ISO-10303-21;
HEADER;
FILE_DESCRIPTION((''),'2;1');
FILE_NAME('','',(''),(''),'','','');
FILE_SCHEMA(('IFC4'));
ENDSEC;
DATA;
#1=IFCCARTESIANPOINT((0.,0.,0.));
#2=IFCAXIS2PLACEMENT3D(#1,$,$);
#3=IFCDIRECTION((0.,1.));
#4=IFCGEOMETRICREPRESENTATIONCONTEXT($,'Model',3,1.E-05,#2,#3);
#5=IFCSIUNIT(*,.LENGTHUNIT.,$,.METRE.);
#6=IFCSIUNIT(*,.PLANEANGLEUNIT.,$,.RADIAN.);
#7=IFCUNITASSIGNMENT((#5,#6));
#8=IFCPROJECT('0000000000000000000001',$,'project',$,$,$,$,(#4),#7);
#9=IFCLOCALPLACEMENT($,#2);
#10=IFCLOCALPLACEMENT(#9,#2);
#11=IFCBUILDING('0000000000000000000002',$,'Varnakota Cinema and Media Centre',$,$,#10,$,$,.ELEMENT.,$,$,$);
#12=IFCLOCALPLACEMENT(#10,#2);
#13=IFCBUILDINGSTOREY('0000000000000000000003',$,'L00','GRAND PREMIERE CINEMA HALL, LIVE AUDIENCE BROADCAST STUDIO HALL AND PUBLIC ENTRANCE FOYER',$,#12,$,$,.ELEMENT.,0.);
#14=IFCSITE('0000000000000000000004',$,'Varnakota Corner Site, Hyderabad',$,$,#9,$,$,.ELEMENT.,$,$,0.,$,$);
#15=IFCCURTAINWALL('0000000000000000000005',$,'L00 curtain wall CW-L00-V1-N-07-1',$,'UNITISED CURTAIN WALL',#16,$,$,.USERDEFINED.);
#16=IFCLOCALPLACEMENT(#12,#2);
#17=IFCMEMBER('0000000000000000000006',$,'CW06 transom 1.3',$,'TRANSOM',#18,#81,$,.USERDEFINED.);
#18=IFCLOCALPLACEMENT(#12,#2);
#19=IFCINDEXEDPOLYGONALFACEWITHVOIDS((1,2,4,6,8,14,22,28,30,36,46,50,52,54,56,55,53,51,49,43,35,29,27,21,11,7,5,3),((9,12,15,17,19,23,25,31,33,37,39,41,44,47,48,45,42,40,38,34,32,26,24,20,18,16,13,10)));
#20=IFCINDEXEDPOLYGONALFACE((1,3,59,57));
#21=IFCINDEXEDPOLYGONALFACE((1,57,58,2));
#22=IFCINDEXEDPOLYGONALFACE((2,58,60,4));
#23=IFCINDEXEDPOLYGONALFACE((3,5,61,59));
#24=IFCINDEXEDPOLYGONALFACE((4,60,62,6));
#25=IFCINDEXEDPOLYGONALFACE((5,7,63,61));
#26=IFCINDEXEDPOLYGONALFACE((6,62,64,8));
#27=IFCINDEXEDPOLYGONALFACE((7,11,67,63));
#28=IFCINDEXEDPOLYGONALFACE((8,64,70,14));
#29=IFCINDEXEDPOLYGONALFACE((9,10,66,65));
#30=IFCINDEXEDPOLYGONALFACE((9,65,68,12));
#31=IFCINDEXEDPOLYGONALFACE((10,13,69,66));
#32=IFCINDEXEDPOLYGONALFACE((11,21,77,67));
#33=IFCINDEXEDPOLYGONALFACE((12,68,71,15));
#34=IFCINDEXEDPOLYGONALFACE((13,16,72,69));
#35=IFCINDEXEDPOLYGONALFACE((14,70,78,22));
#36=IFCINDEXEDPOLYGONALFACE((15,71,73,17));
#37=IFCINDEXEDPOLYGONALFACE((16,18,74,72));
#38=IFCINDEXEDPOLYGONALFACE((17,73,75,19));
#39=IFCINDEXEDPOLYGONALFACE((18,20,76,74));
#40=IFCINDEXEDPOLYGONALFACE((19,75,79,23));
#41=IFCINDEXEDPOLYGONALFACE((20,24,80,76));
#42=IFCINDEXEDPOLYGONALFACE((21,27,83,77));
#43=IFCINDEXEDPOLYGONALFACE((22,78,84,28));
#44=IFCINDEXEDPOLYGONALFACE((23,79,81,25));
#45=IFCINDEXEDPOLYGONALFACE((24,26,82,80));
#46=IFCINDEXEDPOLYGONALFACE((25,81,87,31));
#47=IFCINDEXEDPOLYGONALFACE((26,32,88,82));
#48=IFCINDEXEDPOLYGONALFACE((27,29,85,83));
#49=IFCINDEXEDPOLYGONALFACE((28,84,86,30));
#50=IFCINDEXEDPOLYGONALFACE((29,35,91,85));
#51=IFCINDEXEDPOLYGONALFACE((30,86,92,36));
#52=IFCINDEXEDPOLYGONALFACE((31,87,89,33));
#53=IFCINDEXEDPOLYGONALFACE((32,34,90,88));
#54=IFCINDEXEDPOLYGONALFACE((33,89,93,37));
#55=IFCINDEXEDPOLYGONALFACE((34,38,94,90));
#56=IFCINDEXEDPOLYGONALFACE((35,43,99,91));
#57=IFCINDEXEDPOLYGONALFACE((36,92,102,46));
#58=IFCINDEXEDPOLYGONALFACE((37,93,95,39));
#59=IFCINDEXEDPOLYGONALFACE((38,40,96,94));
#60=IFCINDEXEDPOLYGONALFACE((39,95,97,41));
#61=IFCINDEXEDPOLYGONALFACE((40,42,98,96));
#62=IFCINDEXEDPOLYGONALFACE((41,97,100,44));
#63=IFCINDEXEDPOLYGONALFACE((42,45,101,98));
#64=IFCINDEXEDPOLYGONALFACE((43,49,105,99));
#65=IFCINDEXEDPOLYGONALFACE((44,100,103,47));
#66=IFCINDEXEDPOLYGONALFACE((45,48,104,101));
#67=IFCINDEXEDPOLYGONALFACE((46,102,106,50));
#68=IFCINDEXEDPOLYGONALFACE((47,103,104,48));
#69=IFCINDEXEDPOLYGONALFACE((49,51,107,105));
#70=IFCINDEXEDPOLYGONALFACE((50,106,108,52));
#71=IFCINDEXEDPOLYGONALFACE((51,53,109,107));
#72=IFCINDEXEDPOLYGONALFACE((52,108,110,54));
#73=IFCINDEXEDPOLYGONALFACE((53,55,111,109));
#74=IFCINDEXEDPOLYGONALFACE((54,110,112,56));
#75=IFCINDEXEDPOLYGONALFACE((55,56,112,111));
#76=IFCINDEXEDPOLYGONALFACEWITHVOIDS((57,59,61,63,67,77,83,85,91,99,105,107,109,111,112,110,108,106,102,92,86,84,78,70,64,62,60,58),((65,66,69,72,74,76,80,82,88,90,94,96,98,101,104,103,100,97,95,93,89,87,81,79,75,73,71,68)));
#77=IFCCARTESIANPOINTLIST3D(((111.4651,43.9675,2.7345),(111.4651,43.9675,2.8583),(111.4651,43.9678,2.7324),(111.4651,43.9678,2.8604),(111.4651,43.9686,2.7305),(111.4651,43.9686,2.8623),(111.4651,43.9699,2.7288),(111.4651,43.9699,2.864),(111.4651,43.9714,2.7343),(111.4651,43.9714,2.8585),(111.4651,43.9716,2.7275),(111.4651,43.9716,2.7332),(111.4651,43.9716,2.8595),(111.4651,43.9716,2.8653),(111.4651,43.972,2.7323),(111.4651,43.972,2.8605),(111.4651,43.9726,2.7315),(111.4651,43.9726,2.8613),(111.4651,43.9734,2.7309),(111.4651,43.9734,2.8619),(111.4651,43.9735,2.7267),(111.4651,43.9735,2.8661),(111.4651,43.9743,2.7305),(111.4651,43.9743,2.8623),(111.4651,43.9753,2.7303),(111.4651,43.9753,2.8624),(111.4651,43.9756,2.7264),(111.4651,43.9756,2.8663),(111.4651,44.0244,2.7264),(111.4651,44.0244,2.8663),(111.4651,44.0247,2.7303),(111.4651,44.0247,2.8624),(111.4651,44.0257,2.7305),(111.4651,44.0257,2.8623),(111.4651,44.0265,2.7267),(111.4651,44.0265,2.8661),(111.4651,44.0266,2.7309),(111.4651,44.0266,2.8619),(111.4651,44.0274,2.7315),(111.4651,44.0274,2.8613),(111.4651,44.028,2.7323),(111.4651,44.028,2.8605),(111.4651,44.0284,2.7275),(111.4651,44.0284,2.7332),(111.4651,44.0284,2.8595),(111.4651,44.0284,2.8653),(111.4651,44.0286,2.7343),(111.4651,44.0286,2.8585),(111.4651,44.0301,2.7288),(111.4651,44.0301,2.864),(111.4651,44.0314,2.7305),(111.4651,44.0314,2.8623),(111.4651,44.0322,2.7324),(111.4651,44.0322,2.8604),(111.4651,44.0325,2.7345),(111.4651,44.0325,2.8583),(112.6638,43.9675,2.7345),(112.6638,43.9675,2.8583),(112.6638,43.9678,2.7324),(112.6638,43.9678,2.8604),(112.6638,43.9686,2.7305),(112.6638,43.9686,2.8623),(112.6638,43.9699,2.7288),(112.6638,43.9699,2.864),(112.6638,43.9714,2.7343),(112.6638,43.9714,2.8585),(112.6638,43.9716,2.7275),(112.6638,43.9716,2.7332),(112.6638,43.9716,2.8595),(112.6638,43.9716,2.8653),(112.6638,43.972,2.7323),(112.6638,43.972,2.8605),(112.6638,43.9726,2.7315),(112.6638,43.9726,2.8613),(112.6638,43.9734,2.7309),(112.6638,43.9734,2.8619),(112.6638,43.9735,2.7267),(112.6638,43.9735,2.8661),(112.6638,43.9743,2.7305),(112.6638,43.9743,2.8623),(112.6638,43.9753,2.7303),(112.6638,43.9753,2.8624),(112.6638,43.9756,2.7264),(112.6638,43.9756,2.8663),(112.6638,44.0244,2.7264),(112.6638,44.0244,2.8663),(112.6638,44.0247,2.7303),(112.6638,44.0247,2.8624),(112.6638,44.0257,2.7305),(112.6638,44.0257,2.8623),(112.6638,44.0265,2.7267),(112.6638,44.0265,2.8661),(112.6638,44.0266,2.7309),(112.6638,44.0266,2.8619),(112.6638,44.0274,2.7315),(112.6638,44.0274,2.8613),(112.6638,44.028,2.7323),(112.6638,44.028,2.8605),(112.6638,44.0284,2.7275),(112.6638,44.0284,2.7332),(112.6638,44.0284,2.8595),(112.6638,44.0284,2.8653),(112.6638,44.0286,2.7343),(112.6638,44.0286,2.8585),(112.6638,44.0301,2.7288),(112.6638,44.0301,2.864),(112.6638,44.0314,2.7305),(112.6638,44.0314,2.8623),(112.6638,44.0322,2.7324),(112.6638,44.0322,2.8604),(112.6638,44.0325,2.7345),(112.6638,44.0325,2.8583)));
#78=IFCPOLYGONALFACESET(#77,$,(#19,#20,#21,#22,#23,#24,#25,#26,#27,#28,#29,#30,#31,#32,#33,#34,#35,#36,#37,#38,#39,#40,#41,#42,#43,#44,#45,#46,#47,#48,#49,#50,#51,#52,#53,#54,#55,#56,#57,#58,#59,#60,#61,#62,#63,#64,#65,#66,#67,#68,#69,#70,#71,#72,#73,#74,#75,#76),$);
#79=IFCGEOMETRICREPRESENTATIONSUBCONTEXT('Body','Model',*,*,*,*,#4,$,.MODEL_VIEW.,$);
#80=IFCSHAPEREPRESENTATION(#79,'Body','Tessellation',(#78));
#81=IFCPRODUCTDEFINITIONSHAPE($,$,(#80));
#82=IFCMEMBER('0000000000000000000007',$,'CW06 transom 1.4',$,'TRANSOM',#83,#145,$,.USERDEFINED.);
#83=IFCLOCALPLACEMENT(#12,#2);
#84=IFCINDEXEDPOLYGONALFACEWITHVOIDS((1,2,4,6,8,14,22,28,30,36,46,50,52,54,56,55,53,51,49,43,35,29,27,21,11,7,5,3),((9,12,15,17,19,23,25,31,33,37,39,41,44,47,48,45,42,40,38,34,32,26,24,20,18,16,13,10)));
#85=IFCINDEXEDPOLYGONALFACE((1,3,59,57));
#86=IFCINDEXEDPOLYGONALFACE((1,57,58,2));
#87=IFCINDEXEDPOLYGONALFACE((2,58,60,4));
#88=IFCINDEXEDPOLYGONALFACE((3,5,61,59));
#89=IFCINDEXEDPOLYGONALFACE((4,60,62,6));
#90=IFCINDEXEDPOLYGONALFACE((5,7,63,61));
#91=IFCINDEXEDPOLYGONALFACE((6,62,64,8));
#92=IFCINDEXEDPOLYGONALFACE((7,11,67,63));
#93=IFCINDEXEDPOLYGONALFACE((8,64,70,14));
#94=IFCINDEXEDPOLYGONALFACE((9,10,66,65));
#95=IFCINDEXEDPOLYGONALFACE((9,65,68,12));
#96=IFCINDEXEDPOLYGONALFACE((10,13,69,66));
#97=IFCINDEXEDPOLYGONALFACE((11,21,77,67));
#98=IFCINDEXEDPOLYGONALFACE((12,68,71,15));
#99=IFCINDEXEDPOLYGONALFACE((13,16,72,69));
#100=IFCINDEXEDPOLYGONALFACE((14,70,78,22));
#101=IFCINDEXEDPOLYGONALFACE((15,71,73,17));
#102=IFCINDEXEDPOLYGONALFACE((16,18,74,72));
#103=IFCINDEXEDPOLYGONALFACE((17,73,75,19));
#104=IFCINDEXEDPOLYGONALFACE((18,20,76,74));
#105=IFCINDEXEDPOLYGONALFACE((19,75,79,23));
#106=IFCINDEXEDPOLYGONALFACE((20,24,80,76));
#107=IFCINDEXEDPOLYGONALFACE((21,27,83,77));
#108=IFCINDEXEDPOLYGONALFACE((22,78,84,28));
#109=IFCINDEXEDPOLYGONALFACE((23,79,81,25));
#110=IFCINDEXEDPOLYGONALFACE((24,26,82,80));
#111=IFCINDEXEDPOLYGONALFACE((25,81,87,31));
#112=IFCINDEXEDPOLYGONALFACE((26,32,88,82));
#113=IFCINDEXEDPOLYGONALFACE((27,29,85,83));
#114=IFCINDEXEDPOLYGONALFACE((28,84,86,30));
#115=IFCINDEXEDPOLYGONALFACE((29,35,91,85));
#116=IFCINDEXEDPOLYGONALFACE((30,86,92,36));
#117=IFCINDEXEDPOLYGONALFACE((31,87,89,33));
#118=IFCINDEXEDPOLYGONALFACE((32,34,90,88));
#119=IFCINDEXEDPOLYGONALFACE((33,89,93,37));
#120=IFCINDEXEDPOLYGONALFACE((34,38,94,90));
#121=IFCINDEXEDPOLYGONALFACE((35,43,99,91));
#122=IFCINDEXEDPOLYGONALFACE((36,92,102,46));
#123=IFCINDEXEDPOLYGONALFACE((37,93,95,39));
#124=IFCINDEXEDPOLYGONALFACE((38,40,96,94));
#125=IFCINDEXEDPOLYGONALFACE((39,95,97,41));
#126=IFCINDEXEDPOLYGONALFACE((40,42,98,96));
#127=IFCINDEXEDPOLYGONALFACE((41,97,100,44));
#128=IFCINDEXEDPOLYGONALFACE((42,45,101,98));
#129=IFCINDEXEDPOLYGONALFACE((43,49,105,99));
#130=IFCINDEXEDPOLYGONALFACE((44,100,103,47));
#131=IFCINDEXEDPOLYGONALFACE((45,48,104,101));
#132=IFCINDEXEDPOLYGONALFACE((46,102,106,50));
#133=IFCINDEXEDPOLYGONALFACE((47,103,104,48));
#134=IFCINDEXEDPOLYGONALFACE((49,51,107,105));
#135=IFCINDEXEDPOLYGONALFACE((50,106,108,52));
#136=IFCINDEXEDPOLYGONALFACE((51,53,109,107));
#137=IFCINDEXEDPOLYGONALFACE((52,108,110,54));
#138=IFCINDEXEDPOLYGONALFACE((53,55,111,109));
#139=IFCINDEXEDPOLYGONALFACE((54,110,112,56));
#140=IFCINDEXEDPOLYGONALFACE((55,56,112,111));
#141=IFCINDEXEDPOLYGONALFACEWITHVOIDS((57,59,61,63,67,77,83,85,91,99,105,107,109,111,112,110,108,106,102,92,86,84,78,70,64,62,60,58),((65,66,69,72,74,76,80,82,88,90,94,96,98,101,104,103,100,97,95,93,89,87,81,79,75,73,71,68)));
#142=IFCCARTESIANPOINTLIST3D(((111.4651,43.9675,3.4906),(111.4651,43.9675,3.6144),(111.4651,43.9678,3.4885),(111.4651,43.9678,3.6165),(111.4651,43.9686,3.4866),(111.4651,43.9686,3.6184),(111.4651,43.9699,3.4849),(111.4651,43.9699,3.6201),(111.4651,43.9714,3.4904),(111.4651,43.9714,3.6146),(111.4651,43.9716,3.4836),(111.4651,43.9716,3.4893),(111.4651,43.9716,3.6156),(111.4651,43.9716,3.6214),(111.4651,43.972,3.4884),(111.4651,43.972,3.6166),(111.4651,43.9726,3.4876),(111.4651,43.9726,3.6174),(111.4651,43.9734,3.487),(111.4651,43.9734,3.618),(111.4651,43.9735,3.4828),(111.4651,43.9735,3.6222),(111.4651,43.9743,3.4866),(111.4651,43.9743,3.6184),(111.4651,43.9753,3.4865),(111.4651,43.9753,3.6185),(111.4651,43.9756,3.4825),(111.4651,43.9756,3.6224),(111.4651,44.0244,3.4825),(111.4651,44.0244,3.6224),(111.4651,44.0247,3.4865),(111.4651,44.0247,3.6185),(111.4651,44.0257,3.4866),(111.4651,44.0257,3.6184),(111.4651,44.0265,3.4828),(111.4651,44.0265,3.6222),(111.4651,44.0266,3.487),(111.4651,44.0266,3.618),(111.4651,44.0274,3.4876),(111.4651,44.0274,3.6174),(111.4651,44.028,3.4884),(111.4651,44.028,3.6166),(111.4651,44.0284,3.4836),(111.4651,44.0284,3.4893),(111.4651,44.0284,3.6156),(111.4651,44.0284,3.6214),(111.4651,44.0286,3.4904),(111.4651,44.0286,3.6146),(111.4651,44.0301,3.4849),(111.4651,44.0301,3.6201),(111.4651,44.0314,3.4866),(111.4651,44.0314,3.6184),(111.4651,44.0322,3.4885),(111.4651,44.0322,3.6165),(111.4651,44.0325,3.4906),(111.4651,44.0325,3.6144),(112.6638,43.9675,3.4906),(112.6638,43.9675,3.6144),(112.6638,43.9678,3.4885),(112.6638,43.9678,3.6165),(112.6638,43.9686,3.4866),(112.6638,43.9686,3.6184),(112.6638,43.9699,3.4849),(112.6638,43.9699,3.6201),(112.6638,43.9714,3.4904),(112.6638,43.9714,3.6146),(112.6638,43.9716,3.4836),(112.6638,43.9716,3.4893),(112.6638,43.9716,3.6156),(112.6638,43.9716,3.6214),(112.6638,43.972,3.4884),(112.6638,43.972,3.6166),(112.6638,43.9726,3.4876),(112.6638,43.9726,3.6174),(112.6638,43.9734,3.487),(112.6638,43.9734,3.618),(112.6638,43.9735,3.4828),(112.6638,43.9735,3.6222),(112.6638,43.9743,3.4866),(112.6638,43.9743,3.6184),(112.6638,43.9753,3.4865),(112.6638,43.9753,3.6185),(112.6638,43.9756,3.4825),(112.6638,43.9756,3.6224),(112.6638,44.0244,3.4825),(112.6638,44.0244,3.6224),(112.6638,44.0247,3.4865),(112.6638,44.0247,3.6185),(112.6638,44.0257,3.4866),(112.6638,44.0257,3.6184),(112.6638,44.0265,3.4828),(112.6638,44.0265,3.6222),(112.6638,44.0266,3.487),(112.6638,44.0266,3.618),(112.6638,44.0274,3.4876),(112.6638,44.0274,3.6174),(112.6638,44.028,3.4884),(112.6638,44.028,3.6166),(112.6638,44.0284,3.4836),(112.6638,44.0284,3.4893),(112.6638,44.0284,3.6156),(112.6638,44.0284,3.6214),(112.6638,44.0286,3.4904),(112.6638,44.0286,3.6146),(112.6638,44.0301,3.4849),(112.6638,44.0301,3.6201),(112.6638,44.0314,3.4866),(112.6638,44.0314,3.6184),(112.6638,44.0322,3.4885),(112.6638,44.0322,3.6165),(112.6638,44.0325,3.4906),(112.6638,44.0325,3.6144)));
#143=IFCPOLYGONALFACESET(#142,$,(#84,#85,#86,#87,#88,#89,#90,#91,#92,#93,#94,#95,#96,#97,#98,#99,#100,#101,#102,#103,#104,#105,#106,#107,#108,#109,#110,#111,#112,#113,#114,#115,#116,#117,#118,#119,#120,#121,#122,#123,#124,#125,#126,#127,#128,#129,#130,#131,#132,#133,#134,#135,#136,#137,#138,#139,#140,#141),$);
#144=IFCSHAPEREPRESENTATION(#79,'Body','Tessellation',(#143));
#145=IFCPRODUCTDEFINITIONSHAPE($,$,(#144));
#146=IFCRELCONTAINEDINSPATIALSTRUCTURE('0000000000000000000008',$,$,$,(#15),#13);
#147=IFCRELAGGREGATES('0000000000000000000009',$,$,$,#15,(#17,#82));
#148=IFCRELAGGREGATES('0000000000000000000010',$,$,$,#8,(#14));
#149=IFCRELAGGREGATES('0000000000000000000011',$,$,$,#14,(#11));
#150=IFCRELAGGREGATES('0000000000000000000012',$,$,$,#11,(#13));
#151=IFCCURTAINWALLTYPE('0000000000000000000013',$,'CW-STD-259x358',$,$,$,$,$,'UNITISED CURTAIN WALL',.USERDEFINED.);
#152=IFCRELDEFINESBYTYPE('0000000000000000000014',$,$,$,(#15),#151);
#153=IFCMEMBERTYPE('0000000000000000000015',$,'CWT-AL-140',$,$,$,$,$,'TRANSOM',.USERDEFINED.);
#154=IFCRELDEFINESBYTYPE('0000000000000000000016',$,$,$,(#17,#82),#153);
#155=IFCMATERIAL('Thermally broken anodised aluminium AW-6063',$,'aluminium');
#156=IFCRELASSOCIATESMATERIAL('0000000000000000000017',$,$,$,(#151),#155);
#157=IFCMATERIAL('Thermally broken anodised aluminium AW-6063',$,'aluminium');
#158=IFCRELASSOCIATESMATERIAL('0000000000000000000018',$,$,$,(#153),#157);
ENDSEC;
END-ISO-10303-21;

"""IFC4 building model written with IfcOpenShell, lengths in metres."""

from ifc_helpers import new_model, si_unit, direction, frame, origin, origin_2d, place, context, subcontext, project, spatial, hollow_rectangle, extrude, material, material_profile, profile_set, type_object, element, aggregate, save


model = new_model("IFC4")

# Units and contexts
model_context = context("Model", 3, precision=1e-05, world=origin(), true_north=direction((0.0, 1.0)))
body_context = subcontext(model_context, "Body", "Model", "MODEL_VIEW")
ifc_project = project(units=[si_unit("LENGTHUNIT", "METRE"), si_unit("PLANEANGLEUNIT", "RADIAN")], contexts=[model_context])

# Site, building, storey
site_placement = place(None, origin())
site = spatial("IfcSite", under=ifc_project, at=site_placement, Name="Varnakota Corner Site, Hyderabad", CompositionType="ELEMENT", RefElevation=0.0)
building_placement = place(site_placement, origin())
building = spatial("IfcBuilding", under=site, at=building_placement, Name="Varnakota Cinema and Media Centre", CompositionType="ELEMENT")
storey_placement = place(building_placement, origin())
storey = spatial("IfcBuildingStorey", under=building, at=storey_placement, Name="L00", Description="GRAND PREMIERE CINEMA HALL, LIVE AUDIENCE BROADCAST STUDIO HALL AND PUBLIC ENTRANCE FOYER", CompositionType="ELEMENT", Elevation=0.0)

# Shared definitions
ifc_material_1 = material(Name="Thermally broken anodised aluminium AW-6063", Category="aluminium")
curtain_wall_type = type_object("IfcCurtainWallType", Name="CW-STD-259x358", ElementType="UNITISED CURTAIN WALL", PredefinedType="USERDEFINED", material=ifc_material_1)

# Curtain wall
curtain_wall_1_placement = place(storey_placement, origin())
curtain_wall_1 = element("IfcCurtainWall", 1, at=curtain_wall_1_placement, inside=storey, type_object=curtain_wall_type, Name="L00 curtain wall CW-L00-V1-N-07-1", ObjectType="UNITISED CURTAIN WALL", PredefinedType="USERDEFINED")

# Members
ifc_material_2 = material(Name="Thermally broken anodised aluminium AW-6063", Category="aluminium")
ifc_material_profile_1 = material_profile(ifc_material_2, hollow_rectangle(XDim=0.0649, YDim=0.1399, WallThickness=0.0039, InnerFilletRadius=0.0039, OuterFilletRadius=0.0081, at=origin_2d()), Name="AL-TRANSOM 140x65x4")
ifc_profile_set_1 = profile_set([ifc_material_profile_1], Name="Thermally broken anodised aluminium AW-6063")
member_type_1 = type_object("IfcMemberType", Name="CWT-AL-140", ElementType="TRANSOM", PredefinedType="USERDEFINED", material=ifc_profile_set_1)
member_1_placement = place(storey_placement, frame((111.4651, 44.0, 2.7964), z_axis=(1.0, 0.0, 0.0), x_axis=(0.0, 1.0, 0.0)))
member_1 = element("IfcMember", 2, at=member_1_placement, type_object=member_type_1, Name="CW06 transom 1.3", ObjectType="TRANSOM", PredefinedType="USERDEFINED", context=body_context, shape_type="SweptSolid", body=[
    extrude(hollow_rectangle(XDim=0.0649, YDim=0.1399, WallThickness=0.0039, InnerFilletRadius=0.0039, OuterFilletRadius=0.0081, at=origin_2d()), origin(), (0.0, 0.0, 1.0), 1.1987),
])
member_2_placement = place(storey_placement, frame((111.4651, 44.0, 3.5525), z_axis=(1.0, 0.0, 0.0), x_axis=(0.0, 1.0, 0.0)))
member_2 = element("IfcMember", 3, at=member_2_placement, type_object=member_type_1, Name="CW06 transom 1.4", ObjectType="TRANSOM", PredefinedType="USERDEFINED", context=body_context, shape_type="SweptSolid", body=[
    extrude(hollow_rectangle(XDim=0.0649, YDim=0.1399, WallThickness=0.0039, InnerFilletRadius=0.0039, OuterFilletRadius=0.0081, at=origin_2d()), origin(), (0.0, 0.0, 1.0), 1.1987),
])

aggregate(curtain_wall_1, [member_1, member_2])

save(model, "model.ifc")
